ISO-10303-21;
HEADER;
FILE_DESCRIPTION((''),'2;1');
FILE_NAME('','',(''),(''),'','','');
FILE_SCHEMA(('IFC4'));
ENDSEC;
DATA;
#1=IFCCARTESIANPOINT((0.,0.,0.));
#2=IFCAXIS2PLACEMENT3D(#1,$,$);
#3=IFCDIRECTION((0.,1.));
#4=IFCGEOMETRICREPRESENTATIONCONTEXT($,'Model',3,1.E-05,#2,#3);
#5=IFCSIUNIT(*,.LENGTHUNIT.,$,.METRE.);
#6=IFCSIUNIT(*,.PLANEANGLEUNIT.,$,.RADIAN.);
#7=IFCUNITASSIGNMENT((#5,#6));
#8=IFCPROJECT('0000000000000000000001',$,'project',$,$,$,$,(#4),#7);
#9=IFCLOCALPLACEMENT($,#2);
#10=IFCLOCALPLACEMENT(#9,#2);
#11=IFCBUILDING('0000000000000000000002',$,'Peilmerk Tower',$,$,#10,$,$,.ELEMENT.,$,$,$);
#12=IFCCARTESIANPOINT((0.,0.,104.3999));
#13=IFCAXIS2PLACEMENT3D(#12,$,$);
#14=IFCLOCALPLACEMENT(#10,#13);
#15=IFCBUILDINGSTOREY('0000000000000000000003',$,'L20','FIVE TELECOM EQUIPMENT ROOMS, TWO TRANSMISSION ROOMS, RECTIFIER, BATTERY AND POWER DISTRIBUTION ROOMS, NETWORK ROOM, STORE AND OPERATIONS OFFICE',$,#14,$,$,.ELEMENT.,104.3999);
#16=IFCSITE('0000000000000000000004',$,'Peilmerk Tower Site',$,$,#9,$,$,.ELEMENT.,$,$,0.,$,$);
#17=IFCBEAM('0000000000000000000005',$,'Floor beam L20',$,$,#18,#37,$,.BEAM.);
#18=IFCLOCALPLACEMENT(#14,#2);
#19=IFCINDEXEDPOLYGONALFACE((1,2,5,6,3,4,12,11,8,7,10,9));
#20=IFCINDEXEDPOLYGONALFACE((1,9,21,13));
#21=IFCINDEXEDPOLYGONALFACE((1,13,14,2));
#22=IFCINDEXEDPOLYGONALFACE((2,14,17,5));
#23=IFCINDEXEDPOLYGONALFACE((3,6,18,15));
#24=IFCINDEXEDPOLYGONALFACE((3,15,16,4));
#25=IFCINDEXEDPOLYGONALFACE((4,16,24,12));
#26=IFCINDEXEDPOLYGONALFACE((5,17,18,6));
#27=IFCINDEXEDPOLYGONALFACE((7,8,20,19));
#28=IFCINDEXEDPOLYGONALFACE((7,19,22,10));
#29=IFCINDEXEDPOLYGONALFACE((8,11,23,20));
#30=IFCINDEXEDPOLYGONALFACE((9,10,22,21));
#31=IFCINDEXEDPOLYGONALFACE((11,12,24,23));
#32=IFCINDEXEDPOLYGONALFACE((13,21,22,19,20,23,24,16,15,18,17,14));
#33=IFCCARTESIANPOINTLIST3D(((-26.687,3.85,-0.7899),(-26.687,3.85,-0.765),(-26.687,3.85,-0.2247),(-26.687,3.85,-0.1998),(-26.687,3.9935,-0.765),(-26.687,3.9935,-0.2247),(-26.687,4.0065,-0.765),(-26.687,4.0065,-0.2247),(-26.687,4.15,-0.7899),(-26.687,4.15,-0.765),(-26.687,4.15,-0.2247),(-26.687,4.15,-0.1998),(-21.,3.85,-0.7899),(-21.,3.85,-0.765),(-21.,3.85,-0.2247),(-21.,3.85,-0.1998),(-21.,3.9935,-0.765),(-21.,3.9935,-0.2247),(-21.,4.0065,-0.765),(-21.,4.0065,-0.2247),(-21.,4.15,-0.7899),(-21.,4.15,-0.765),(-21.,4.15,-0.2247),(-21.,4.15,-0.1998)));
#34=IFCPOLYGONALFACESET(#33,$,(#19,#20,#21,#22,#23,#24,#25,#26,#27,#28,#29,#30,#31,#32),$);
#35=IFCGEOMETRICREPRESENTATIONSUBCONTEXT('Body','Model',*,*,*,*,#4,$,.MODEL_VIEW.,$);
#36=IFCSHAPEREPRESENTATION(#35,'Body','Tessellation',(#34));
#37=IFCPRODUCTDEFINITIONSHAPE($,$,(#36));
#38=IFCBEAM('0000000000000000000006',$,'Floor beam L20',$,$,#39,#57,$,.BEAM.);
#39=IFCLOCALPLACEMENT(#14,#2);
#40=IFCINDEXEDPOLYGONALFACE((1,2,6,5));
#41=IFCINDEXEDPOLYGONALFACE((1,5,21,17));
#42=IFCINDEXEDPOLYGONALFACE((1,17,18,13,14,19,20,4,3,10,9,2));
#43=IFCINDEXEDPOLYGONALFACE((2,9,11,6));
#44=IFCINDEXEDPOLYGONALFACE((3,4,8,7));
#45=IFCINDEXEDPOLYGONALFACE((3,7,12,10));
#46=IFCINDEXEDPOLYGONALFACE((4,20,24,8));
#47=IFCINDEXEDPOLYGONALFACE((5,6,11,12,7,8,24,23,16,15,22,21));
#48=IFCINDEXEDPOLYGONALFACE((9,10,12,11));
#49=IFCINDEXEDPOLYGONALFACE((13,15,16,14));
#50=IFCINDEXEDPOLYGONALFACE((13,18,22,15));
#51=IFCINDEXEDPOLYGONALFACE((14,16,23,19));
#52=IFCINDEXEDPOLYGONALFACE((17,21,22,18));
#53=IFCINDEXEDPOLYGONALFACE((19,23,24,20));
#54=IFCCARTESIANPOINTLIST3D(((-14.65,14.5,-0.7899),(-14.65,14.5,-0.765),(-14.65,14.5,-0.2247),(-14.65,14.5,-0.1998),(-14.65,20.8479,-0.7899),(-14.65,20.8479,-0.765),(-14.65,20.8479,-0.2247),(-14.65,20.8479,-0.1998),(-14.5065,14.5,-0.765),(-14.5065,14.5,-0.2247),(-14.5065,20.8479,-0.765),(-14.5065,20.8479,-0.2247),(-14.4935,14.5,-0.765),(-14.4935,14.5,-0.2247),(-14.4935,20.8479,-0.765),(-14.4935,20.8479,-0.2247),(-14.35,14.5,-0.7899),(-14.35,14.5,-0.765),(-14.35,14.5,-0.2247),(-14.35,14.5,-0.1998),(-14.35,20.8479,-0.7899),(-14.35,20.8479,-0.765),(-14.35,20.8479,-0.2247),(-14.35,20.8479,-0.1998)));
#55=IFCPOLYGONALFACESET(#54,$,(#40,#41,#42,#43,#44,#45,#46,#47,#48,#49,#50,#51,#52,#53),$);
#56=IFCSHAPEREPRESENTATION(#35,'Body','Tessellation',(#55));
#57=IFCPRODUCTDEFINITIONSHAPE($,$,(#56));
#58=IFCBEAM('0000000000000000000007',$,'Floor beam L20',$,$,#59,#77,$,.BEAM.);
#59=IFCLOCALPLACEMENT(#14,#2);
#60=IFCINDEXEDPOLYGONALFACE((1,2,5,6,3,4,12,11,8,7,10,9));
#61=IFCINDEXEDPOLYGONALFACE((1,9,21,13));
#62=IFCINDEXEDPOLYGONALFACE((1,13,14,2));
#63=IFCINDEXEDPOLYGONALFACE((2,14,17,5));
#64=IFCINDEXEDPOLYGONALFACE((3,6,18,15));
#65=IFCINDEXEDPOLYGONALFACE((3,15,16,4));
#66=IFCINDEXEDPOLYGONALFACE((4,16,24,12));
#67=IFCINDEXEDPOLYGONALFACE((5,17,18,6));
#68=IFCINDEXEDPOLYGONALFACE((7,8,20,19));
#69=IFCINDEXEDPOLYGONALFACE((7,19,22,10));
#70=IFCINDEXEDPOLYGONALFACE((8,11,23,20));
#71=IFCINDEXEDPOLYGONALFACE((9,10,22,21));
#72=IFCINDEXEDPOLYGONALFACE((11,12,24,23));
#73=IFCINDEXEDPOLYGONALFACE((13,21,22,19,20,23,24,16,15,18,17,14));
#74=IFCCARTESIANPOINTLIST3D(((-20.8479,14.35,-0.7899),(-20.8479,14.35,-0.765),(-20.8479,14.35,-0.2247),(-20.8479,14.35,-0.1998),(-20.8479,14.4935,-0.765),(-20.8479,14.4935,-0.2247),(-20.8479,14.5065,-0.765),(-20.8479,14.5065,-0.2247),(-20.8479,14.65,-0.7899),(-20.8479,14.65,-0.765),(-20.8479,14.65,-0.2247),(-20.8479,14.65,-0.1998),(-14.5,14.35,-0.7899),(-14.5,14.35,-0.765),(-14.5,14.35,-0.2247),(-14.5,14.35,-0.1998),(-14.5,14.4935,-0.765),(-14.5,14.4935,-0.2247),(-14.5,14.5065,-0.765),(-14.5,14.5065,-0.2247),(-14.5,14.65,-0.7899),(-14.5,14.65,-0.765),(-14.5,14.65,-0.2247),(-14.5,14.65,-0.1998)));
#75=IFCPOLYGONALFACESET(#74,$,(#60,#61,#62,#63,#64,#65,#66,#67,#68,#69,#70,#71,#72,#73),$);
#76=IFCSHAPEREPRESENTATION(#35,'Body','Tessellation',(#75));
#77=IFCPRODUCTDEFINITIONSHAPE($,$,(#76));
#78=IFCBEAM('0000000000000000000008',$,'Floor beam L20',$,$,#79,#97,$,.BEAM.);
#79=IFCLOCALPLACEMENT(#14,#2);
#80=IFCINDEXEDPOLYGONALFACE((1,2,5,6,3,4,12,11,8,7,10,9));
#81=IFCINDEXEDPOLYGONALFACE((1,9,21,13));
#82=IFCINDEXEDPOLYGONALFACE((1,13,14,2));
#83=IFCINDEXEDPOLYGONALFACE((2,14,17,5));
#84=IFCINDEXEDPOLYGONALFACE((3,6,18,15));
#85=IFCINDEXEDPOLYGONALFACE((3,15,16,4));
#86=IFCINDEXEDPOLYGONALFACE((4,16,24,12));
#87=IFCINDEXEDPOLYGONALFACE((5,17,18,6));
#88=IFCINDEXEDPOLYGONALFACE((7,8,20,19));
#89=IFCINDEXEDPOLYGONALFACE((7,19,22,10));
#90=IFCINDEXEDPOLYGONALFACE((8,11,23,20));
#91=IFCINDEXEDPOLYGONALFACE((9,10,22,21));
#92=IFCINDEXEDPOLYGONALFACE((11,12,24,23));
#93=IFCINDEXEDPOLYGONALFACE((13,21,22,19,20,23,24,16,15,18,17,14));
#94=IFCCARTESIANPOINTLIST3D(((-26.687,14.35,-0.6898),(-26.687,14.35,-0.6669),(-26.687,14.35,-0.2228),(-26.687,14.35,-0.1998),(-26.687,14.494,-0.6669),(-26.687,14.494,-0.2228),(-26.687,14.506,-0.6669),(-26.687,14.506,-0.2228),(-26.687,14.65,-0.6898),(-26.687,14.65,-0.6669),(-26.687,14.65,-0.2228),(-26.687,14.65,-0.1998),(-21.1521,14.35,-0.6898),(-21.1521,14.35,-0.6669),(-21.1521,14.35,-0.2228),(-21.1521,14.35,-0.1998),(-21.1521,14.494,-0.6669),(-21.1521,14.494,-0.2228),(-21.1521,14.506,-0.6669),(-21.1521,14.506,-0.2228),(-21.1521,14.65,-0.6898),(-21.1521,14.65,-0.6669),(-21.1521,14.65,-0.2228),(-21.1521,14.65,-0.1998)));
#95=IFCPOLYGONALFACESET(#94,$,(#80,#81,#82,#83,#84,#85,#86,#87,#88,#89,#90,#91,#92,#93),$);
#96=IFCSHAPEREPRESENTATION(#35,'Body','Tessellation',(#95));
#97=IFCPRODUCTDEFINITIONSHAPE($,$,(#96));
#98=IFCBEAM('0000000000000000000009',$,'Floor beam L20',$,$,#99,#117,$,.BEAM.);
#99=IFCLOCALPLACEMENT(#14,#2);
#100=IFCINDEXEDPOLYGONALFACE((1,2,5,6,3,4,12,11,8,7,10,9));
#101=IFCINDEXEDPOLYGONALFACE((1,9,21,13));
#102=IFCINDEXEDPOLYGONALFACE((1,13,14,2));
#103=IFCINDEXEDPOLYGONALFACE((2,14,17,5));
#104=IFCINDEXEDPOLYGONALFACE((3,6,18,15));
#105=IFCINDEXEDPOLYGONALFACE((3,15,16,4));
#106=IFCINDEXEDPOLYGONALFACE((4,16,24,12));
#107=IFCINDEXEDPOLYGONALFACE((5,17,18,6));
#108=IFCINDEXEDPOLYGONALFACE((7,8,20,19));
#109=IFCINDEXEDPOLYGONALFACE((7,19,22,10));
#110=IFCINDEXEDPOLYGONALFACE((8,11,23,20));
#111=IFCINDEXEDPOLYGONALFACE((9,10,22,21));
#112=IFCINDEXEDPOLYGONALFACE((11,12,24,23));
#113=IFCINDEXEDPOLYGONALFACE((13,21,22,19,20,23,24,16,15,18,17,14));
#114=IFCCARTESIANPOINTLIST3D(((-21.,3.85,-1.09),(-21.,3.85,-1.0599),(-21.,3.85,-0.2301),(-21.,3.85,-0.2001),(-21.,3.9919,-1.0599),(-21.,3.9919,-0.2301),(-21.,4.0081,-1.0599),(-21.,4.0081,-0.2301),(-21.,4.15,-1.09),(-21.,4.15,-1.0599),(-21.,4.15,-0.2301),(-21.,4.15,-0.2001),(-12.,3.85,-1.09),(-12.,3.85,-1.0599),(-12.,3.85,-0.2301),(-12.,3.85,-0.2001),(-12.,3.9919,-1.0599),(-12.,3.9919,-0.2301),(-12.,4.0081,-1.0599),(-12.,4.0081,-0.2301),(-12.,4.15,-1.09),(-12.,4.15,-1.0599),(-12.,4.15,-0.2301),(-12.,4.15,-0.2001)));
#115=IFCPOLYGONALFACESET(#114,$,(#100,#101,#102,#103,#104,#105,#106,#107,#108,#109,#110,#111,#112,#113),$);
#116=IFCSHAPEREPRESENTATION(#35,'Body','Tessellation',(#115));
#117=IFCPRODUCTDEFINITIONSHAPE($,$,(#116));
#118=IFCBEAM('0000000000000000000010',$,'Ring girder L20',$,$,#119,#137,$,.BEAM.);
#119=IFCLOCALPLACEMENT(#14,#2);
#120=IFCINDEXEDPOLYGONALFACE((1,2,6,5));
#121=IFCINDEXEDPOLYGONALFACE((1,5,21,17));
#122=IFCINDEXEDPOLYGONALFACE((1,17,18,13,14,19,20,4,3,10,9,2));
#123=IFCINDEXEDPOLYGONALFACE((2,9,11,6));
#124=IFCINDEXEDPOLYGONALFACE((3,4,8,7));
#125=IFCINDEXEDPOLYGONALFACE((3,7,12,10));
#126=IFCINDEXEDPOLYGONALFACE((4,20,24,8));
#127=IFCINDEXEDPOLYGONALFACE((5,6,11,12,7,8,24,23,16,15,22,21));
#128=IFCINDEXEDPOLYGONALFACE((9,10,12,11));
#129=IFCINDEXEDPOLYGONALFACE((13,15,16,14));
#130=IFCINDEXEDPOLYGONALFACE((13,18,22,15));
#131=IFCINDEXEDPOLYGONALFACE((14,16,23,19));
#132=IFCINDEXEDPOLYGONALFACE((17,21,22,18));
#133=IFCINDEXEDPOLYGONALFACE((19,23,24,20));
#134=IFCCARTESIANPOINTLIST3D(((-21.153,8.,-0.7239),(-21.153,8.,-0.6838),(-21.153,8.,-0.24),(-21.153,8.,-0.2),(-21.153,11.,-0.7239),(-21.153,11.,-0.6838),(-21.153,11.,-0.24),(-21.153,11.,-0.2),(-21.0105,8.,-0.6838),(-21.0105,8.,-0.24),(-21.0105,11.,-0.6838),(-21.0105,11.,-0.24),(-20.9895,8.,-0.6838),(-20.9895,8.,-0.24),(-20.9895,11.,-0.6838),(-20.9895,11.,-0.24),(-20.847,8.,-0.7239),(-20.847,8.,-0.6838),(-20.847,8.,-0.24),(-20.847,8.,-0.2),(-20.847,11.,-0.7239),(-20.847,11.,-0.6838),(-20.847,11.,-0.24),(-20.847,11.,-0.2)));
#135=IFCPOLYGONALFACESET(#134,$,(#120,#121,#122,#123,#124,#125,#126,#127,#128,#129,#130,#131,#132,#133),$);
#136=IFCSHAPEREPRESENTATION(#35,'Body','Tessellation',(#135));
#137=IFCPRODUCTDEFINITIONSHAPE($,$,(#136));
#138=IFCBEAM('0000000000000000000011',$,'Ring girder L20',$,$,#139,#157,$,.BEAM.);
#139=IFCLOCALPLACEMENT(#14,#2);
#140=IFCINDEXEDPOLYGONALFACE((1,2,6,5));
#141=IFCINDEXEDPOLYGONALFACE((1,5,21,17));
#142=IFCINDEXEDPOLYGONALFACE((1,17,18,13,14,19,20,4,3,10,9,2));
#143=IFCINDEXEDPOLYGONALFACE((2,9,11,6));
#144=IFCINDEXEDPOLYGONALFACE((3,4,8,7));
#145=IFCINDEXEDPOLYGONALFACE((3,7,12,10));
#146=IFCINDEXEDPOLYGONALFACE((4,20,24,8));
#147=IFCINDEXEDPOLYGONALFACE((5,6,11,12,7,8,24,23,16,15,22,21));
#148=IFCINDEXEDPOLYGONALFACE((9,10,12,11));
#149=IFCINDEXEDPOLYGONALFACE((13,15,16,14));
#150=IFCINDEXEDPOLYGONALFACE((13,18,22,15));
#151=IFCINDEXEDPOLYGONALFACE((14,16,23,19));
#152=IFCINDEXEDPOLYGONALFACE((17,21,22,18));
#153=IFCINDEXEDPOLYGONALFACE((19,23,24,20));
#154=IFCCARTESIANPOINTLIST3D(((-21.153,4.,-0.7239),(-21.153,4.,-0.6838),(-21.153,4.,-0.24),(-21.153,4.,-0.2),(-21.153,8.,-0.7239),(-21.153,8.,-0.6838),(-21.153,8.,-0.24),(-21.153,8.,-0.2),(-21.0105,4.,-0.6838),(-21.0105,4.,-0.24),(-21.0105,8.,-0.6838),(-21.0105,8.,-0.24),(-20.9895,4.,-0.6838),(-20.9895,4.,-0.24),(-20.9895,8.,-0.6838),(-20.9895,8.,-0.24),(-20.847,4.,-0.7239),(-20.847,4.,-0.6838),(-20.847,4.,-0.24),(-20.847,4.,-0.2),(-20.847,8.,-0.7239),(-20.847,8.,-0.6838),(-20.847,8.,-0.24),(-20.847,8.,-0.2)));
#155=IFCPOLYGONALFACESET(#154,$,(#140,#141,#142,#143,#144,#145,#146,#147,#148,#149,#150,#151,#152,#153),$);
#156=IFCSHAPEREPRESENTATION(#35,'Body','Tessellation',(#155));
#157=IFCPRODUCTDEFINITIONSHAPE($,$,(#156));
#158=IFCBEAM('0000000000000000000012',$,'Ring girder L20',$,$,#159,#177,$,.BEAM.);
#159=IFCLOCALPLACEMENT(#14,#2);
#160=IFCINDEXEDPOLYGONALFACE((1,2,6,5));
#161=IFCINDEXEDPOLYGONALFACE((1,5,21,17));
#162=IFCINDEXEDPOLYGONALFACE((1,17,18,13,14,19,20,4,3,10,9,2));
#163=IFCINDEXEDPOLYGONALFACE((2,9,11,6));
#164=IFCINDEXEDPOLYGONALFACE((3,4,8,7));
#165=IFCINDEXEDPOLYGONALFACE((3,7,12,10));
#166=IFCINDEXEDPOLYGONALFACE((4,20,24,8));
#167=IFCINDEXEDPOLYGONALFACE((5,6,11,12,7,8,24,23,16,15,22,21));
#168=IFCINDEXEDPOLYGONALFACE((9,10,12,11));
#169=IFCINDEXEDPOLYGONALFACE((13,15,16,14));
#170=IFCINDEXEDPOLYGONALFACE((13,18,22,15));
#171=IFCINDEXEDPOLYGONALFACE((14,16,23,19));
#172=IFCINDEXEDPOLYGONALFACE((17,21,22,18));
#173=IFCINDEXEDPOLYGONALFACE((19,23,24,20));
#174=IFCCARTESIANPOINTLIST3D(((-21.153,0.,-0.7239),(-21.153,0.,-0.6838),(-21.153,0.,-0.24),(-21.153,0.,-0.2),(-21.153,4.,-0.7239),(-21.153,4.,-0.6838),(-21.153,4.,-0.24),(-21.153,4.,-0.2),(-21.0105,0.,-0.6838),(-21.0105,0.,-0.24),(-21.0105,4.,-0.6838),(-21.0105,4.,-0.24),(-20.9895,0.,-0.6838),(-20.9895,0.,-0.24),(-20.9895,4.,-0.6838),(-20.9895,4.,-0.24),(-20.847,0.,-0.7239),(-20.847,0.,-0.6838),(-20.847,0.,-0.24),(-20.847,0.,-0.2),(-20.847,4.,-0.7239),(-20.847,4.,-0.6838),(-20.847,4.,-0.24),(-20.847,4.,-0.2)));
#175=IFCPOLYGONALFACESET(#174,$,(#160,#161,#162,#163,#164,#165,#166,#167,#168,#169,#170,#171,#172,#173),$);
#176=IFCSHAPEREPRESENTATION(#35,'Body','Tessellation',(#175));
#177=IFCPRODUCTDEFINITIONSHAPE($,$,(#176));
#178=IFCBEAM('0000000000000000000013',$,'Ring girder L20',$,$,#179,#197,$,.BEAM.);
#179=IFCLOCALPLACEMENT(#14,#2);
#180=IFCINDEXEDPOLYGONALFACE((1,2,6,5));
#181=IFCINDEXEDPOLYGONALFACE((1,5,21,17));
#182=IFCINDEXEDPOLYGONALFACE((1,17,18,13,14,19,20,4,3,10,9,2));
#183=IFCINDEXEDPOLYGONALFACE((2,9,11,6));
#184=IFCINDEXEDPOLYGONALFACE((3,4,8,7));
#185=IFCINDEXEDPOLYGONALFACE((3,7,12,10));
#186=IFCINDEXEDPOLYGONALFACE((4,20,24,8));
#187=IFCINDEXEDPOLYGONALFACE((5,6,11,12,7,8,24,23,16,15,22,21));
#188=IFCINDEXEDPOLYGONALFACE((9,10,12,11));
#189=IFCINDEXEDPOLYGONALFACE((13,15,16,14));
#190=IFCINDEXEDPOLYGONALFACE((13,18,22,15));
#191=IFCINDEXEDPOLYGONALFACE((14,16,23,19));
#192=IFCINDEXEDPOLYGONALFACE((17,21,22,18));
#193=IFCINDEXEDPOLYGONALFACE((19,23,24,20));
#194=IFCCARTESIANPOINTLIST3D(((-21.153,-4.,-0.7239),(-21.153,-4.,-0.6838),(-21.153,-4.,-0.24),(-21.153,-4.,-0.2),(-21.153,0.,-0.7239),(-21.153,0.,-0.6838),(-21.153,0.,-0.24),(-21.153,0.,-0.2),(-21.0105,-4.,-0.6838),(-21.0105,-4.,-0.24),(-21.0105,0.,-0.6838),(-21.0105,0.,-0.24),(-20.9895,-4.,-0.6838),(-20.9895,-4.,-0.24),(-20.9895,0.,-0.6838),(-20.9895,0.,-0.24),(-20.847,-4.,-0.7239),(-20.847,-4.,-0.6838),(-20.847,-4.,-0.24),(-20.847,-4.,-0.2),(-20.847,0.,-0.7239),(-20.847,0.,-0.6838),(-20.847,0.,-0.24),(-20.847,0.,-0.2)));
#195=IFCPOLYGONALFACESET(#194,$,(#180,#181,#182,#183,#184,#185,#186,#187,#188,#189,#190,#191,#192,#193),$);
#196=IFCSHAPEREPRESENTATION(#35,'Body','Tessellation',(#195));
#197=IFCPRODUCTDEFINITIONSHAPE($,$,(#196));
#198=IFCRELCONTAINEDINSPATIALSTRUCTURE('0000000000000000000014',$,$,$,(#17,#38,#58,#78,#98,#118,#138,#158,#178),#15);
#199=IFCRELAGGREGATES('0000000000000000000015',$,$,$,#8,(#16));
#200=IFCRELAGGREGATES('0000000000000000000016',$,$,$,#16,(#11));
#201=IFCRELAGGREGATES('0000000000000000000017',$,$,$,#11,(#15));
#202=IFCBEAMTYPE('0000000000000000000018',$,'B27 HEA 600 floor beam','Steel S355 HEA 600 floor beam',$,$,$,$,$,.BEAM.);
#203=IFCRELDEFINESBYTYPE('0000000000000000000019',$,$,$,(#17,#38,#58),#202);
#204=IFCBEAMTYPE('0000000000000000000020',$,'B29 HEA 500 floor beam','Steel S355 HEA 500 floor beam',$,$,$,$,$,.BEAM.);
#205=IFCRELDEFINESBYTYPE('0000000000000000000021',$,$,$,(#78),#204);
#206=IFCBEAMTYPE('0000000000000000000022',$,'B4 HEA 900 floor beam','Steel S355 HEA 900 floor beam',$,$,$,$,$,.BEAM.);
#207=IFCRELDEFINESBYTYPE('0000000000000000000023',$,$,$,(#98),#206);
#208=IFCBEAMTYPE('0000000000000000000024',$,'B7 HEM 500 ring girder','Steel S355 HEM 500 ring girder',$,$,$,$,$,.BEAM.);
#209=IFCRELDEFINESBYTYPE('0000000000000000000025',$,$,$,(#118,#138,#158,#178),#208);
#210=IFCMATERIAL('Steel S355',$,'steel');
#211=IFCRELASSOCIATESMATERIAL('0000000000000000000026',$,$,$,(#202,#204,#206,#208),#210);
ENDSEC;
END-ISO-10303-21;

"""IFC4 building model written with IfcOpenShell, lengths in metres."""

from ifc_helpers import new_model, si_unit, direction, frame, origin, origin_2d, place, context, subcontext, project, spatial, i_section, extrude, material, material_profile, profile_set, type_object, element, save


model = new_model("IFC4")

# Units and contexts
model_context = context("Model", 3, precision=1e-05, world=origin(), true_north=direction((0.0, 1.0)))
body_context = subcontext(model_context, "Body", "Model", "MODEL_VIEW")
ifc_project = project(units=[si_unit("LENGTHUNIT", "METRE"), si_unit("PLANEANGLEUNIT", "RADIAN")], contexts=[model_context])

# Site, building, storey
site_placement = place(None, origin())
site = spatial("IfcSite", under=ifc_project, at=site_placement, Name="Peilmerk Tower Site", CompositionType="ELEMENT", RefElevation=0.0)
building_placement = place(site_placement, origin())
building = spatial("IfcBuilding", under=site, at=building_placement, Name="Peilmerk Tower", CompositionType="ELEMENT")
storey_placement = place(building_placement, frame((0.0, 0.0, 104.3999)))
storey = spatial("IfcBuildingStorey", under=building, at=storey_placement, Name="L20", Description="FIVE TELECOM EQUIPMENT ROOMS, TWO TRANSMISSION ROOMS, RECTIFIER, BATTERY AND POWER DISTRIBUTION ROOMS, NETWORK ROOM, STORE AND OPERATIONS OFFICE", CompositionType="ELEMENT", Elevation=104.3999)

# Beams
ifc_material_1 = material(Name="Steel S355", Category="steel")
ifc_material_profile_1 = material_profile(ifc_material_1, i_section(OverallWidth=0.3, OverallDepth=0.5901, WebThickness=0.0129, FlangeThickness=0.0249, at=origin_2d()), Name="HEA 600")
ifc_profile_set_1 = profile_set([ifc_material_profile_1], Name="Steel S355")
beam_type_1 = type_object("IfcBeamType", Name="B27 HEA 600 floor beam", Description="Steel S355 HEA 600 floor beam", PredefinedType="BEAM", material=ifc_profile_set_1)
for number, where, z_axis, x_axis, name in (
    (1, (-21.0, 4.0, -0.4949), (-1.0, 0.0, 0.0), (0.0, -1.0, 0.0), "Floor beam L20"),
):
    element("IfcBeam", number, at=place(storey_placement, frame(where, z_axis=z_axis, x_axis=x_axis)), inside=storey, type_object=beam_type_1, Name=name, PredefinedType="BEAM", context=body_context, shape_type="SweptSolid", body=[
        extrude(i_section(OverallWidth=0.3, OverallDepth=0.5901, WebThickness=0.0129, FlangeThickness=0.0249, at=origin_2d()), origin(), (0.0, 0.0, 1.0), 5.687),
    ])
for number, where, z_axis, x_axis, name in (
    (2, (-14.5, 14.5, -0.4949), (0.0, 1.0, 0.0), (-1.0, 0.0, 0.0), "Floor beam L20"),
    (3, (-14.5, 14.5, -0.4949), (-1.0, 0.0, 0.0), (0.0, -1.0, 0.0), "Floor beam L20"),
):
    element("IfcBeam", number, at=place(storey_placement, frame(where, z_axis=z_axis, x_axis=x_axis)), inside=storey, type_object=beam_type_1, Name=name, PredefinedType="BEAM", context=body_context, shape_type="SweptSolid", body=[
        extrude(i_section(OverallWidth=0.3, OverallDepth=0.5901, WebThickness=0.0129, FlangeThickness=0.0249, at=origin_2d()), origin(), (0.0, 0.0, 1.0), 6.3479),
    ])
ifc_material_profile_2 = material_profile(ifc_material_1, i_section(OverallWidth=0.3, OverallDepth=0.49, WebThickness=0.012, FlangeThickness=0.0229, at=origin_2d()), Name="HEA 500")
ifc_profile_set_2 = profile_set([ifc_material_profile_2], Name="Steel S355")
beam_type_2 = type_object("IfcBeamType", Name="B29 HEA 500 floor beam", Description="Steel S355 HEA 500 floor beam", PredefinedType="BEAM", material=ifc_profile_set_2)
beam_1_placement = place(storey_placement, frame((-21.1521, 14.5, -0.4448), z_axis=(-1.0, 0.0, 0.0), x_axis=(0.0, -1.0, 0.0)))
element("IfcBeam", 4, at=beam_1_placement, inside=storey, type_object=beam_type_2, Name="Floor beam L20", PredefinedType="BEAM", context=body_context, shape_type="SweptSolid", body=[
    extrude(i_section(OverallWidth=0.3, OverallDepth=0.49, WebThickness=0.012, FlangeThickness=0.0229, at=origin_2d()), origin(), (0.0, 0.0, 1.0), 5.5349),
])
ifc_material_profile_3 = material_profile(ifc_material_1, i_section(OverallWidth=0.3, OverallDepth=0.8899, WebThickness=0.0161, FlangeThickness=0.03, at=origin_2d()), Name="HEA 900")
ifc_profile_set_3 = profile_set([ifc_material_profile_3], Name="Steel S355")
beam_type_3 = type_object("IfcBeamType", Name="B4 HEA 900 floor beam", Description="Steel S355 HEA 900 floor beam", PredefinedType="BEAM", material=ifc_profile_set_3)
beam_2_placement = place(storey_placement, frame((-12.0, 4.0, -0.645), z_axis=(-1.0, 0.0, 0.0), x_axis=(0.0, -1.0, 0.0)))
element("IfcBeam", 5, at=beam_2_placement, inside=storey, type_object=beam_type_3, Name="Floor beam L20", PredefinedType="BEAM", context=body_context, shape_type="SweptSolid", body=[
    extrude(i_section(OverallWidth=0.3, OverallDepth=0.8899, WebThickness=0.0161, FlangeThickness=0.03, at=origin_2d()), origin(), (0.0, 0.0, 1.0), 9.0),
])
ifc_material_profile_4 = material_profile(ifc_material_1, i_section(OverallWidth=0.3059, OverallDepth=0.5239, WebThickness=0.021, FlangeThickness=0.04, at=origin_2d()), Name="HEM 500")
ifc_profile_set_4 = profile_set([ifc_material_profile_4], Name="Steel S355")
beam_type_4 = type_object("IfcBeamType", Name="B7 HEM 500 ring girder", Description="Steel S355 HEM 500 ring girder", PredefinedType="BEAM", material=ifc_profile_set_4)
beam_3_placement = place(storey_placement, frame((-21.0, 11.0, -0.4619), z_axis=(0.0, -1.0, 0.0), x_axis=(1.0, 0.0, 0.0)))
element("IfcBeam", 6, at=beam_3_placement, inside=storey, type_object=beam_type_4, Name="Ring girder L20", PredefinedType="BEAM", context=body_context, shape_type="SweptSolid", body=[
    extrude(i_section(OverallWidth=0.3059, OverallDepth=0.5239, WebThickness=0.021, FlangeThickness=0.04, at=origin_2d()), origin(), (0.0, 0.0, 1.0), 3.0),
])
for number, where, z_axis, x_axis, name in (
    (7, (-21.0, 8.0, -0.4619), (0.0, -1.0, 0.0), (1.0, 0.0, 0.0), "Ring girder L20"),
    (8, (-21.0, 4.0, -0.4619), (0.0, -1.0, 0.0), (1.0, 0.0, 0.0), "Ring girder L20"),
    (9, (-21.0, 0.0, -0.4619), (0.0, -1.0, 0.0), (1.0, 0.0, 0.0), "Ring girder L20"),
):
    element("IfcBeam", number, at=place(storey_placement, frame(where, z_axis=z_axis, x_axis=x_axis)), inside=storey, type_object=beam_type_4, Name=name, PredefinedType="BEAM", context=body_context, shape_type="SweptSolid", body=[
        extrude(i_section(OverallWidth=0.3059, OverallDepth=0.5239, WebThickness=0.021, FlangeThickness=0.04, at=origin_2d()), origin(), (0.0, 0.0, 1.0), 4.0),
    ])

save(model, "model.ifc")
